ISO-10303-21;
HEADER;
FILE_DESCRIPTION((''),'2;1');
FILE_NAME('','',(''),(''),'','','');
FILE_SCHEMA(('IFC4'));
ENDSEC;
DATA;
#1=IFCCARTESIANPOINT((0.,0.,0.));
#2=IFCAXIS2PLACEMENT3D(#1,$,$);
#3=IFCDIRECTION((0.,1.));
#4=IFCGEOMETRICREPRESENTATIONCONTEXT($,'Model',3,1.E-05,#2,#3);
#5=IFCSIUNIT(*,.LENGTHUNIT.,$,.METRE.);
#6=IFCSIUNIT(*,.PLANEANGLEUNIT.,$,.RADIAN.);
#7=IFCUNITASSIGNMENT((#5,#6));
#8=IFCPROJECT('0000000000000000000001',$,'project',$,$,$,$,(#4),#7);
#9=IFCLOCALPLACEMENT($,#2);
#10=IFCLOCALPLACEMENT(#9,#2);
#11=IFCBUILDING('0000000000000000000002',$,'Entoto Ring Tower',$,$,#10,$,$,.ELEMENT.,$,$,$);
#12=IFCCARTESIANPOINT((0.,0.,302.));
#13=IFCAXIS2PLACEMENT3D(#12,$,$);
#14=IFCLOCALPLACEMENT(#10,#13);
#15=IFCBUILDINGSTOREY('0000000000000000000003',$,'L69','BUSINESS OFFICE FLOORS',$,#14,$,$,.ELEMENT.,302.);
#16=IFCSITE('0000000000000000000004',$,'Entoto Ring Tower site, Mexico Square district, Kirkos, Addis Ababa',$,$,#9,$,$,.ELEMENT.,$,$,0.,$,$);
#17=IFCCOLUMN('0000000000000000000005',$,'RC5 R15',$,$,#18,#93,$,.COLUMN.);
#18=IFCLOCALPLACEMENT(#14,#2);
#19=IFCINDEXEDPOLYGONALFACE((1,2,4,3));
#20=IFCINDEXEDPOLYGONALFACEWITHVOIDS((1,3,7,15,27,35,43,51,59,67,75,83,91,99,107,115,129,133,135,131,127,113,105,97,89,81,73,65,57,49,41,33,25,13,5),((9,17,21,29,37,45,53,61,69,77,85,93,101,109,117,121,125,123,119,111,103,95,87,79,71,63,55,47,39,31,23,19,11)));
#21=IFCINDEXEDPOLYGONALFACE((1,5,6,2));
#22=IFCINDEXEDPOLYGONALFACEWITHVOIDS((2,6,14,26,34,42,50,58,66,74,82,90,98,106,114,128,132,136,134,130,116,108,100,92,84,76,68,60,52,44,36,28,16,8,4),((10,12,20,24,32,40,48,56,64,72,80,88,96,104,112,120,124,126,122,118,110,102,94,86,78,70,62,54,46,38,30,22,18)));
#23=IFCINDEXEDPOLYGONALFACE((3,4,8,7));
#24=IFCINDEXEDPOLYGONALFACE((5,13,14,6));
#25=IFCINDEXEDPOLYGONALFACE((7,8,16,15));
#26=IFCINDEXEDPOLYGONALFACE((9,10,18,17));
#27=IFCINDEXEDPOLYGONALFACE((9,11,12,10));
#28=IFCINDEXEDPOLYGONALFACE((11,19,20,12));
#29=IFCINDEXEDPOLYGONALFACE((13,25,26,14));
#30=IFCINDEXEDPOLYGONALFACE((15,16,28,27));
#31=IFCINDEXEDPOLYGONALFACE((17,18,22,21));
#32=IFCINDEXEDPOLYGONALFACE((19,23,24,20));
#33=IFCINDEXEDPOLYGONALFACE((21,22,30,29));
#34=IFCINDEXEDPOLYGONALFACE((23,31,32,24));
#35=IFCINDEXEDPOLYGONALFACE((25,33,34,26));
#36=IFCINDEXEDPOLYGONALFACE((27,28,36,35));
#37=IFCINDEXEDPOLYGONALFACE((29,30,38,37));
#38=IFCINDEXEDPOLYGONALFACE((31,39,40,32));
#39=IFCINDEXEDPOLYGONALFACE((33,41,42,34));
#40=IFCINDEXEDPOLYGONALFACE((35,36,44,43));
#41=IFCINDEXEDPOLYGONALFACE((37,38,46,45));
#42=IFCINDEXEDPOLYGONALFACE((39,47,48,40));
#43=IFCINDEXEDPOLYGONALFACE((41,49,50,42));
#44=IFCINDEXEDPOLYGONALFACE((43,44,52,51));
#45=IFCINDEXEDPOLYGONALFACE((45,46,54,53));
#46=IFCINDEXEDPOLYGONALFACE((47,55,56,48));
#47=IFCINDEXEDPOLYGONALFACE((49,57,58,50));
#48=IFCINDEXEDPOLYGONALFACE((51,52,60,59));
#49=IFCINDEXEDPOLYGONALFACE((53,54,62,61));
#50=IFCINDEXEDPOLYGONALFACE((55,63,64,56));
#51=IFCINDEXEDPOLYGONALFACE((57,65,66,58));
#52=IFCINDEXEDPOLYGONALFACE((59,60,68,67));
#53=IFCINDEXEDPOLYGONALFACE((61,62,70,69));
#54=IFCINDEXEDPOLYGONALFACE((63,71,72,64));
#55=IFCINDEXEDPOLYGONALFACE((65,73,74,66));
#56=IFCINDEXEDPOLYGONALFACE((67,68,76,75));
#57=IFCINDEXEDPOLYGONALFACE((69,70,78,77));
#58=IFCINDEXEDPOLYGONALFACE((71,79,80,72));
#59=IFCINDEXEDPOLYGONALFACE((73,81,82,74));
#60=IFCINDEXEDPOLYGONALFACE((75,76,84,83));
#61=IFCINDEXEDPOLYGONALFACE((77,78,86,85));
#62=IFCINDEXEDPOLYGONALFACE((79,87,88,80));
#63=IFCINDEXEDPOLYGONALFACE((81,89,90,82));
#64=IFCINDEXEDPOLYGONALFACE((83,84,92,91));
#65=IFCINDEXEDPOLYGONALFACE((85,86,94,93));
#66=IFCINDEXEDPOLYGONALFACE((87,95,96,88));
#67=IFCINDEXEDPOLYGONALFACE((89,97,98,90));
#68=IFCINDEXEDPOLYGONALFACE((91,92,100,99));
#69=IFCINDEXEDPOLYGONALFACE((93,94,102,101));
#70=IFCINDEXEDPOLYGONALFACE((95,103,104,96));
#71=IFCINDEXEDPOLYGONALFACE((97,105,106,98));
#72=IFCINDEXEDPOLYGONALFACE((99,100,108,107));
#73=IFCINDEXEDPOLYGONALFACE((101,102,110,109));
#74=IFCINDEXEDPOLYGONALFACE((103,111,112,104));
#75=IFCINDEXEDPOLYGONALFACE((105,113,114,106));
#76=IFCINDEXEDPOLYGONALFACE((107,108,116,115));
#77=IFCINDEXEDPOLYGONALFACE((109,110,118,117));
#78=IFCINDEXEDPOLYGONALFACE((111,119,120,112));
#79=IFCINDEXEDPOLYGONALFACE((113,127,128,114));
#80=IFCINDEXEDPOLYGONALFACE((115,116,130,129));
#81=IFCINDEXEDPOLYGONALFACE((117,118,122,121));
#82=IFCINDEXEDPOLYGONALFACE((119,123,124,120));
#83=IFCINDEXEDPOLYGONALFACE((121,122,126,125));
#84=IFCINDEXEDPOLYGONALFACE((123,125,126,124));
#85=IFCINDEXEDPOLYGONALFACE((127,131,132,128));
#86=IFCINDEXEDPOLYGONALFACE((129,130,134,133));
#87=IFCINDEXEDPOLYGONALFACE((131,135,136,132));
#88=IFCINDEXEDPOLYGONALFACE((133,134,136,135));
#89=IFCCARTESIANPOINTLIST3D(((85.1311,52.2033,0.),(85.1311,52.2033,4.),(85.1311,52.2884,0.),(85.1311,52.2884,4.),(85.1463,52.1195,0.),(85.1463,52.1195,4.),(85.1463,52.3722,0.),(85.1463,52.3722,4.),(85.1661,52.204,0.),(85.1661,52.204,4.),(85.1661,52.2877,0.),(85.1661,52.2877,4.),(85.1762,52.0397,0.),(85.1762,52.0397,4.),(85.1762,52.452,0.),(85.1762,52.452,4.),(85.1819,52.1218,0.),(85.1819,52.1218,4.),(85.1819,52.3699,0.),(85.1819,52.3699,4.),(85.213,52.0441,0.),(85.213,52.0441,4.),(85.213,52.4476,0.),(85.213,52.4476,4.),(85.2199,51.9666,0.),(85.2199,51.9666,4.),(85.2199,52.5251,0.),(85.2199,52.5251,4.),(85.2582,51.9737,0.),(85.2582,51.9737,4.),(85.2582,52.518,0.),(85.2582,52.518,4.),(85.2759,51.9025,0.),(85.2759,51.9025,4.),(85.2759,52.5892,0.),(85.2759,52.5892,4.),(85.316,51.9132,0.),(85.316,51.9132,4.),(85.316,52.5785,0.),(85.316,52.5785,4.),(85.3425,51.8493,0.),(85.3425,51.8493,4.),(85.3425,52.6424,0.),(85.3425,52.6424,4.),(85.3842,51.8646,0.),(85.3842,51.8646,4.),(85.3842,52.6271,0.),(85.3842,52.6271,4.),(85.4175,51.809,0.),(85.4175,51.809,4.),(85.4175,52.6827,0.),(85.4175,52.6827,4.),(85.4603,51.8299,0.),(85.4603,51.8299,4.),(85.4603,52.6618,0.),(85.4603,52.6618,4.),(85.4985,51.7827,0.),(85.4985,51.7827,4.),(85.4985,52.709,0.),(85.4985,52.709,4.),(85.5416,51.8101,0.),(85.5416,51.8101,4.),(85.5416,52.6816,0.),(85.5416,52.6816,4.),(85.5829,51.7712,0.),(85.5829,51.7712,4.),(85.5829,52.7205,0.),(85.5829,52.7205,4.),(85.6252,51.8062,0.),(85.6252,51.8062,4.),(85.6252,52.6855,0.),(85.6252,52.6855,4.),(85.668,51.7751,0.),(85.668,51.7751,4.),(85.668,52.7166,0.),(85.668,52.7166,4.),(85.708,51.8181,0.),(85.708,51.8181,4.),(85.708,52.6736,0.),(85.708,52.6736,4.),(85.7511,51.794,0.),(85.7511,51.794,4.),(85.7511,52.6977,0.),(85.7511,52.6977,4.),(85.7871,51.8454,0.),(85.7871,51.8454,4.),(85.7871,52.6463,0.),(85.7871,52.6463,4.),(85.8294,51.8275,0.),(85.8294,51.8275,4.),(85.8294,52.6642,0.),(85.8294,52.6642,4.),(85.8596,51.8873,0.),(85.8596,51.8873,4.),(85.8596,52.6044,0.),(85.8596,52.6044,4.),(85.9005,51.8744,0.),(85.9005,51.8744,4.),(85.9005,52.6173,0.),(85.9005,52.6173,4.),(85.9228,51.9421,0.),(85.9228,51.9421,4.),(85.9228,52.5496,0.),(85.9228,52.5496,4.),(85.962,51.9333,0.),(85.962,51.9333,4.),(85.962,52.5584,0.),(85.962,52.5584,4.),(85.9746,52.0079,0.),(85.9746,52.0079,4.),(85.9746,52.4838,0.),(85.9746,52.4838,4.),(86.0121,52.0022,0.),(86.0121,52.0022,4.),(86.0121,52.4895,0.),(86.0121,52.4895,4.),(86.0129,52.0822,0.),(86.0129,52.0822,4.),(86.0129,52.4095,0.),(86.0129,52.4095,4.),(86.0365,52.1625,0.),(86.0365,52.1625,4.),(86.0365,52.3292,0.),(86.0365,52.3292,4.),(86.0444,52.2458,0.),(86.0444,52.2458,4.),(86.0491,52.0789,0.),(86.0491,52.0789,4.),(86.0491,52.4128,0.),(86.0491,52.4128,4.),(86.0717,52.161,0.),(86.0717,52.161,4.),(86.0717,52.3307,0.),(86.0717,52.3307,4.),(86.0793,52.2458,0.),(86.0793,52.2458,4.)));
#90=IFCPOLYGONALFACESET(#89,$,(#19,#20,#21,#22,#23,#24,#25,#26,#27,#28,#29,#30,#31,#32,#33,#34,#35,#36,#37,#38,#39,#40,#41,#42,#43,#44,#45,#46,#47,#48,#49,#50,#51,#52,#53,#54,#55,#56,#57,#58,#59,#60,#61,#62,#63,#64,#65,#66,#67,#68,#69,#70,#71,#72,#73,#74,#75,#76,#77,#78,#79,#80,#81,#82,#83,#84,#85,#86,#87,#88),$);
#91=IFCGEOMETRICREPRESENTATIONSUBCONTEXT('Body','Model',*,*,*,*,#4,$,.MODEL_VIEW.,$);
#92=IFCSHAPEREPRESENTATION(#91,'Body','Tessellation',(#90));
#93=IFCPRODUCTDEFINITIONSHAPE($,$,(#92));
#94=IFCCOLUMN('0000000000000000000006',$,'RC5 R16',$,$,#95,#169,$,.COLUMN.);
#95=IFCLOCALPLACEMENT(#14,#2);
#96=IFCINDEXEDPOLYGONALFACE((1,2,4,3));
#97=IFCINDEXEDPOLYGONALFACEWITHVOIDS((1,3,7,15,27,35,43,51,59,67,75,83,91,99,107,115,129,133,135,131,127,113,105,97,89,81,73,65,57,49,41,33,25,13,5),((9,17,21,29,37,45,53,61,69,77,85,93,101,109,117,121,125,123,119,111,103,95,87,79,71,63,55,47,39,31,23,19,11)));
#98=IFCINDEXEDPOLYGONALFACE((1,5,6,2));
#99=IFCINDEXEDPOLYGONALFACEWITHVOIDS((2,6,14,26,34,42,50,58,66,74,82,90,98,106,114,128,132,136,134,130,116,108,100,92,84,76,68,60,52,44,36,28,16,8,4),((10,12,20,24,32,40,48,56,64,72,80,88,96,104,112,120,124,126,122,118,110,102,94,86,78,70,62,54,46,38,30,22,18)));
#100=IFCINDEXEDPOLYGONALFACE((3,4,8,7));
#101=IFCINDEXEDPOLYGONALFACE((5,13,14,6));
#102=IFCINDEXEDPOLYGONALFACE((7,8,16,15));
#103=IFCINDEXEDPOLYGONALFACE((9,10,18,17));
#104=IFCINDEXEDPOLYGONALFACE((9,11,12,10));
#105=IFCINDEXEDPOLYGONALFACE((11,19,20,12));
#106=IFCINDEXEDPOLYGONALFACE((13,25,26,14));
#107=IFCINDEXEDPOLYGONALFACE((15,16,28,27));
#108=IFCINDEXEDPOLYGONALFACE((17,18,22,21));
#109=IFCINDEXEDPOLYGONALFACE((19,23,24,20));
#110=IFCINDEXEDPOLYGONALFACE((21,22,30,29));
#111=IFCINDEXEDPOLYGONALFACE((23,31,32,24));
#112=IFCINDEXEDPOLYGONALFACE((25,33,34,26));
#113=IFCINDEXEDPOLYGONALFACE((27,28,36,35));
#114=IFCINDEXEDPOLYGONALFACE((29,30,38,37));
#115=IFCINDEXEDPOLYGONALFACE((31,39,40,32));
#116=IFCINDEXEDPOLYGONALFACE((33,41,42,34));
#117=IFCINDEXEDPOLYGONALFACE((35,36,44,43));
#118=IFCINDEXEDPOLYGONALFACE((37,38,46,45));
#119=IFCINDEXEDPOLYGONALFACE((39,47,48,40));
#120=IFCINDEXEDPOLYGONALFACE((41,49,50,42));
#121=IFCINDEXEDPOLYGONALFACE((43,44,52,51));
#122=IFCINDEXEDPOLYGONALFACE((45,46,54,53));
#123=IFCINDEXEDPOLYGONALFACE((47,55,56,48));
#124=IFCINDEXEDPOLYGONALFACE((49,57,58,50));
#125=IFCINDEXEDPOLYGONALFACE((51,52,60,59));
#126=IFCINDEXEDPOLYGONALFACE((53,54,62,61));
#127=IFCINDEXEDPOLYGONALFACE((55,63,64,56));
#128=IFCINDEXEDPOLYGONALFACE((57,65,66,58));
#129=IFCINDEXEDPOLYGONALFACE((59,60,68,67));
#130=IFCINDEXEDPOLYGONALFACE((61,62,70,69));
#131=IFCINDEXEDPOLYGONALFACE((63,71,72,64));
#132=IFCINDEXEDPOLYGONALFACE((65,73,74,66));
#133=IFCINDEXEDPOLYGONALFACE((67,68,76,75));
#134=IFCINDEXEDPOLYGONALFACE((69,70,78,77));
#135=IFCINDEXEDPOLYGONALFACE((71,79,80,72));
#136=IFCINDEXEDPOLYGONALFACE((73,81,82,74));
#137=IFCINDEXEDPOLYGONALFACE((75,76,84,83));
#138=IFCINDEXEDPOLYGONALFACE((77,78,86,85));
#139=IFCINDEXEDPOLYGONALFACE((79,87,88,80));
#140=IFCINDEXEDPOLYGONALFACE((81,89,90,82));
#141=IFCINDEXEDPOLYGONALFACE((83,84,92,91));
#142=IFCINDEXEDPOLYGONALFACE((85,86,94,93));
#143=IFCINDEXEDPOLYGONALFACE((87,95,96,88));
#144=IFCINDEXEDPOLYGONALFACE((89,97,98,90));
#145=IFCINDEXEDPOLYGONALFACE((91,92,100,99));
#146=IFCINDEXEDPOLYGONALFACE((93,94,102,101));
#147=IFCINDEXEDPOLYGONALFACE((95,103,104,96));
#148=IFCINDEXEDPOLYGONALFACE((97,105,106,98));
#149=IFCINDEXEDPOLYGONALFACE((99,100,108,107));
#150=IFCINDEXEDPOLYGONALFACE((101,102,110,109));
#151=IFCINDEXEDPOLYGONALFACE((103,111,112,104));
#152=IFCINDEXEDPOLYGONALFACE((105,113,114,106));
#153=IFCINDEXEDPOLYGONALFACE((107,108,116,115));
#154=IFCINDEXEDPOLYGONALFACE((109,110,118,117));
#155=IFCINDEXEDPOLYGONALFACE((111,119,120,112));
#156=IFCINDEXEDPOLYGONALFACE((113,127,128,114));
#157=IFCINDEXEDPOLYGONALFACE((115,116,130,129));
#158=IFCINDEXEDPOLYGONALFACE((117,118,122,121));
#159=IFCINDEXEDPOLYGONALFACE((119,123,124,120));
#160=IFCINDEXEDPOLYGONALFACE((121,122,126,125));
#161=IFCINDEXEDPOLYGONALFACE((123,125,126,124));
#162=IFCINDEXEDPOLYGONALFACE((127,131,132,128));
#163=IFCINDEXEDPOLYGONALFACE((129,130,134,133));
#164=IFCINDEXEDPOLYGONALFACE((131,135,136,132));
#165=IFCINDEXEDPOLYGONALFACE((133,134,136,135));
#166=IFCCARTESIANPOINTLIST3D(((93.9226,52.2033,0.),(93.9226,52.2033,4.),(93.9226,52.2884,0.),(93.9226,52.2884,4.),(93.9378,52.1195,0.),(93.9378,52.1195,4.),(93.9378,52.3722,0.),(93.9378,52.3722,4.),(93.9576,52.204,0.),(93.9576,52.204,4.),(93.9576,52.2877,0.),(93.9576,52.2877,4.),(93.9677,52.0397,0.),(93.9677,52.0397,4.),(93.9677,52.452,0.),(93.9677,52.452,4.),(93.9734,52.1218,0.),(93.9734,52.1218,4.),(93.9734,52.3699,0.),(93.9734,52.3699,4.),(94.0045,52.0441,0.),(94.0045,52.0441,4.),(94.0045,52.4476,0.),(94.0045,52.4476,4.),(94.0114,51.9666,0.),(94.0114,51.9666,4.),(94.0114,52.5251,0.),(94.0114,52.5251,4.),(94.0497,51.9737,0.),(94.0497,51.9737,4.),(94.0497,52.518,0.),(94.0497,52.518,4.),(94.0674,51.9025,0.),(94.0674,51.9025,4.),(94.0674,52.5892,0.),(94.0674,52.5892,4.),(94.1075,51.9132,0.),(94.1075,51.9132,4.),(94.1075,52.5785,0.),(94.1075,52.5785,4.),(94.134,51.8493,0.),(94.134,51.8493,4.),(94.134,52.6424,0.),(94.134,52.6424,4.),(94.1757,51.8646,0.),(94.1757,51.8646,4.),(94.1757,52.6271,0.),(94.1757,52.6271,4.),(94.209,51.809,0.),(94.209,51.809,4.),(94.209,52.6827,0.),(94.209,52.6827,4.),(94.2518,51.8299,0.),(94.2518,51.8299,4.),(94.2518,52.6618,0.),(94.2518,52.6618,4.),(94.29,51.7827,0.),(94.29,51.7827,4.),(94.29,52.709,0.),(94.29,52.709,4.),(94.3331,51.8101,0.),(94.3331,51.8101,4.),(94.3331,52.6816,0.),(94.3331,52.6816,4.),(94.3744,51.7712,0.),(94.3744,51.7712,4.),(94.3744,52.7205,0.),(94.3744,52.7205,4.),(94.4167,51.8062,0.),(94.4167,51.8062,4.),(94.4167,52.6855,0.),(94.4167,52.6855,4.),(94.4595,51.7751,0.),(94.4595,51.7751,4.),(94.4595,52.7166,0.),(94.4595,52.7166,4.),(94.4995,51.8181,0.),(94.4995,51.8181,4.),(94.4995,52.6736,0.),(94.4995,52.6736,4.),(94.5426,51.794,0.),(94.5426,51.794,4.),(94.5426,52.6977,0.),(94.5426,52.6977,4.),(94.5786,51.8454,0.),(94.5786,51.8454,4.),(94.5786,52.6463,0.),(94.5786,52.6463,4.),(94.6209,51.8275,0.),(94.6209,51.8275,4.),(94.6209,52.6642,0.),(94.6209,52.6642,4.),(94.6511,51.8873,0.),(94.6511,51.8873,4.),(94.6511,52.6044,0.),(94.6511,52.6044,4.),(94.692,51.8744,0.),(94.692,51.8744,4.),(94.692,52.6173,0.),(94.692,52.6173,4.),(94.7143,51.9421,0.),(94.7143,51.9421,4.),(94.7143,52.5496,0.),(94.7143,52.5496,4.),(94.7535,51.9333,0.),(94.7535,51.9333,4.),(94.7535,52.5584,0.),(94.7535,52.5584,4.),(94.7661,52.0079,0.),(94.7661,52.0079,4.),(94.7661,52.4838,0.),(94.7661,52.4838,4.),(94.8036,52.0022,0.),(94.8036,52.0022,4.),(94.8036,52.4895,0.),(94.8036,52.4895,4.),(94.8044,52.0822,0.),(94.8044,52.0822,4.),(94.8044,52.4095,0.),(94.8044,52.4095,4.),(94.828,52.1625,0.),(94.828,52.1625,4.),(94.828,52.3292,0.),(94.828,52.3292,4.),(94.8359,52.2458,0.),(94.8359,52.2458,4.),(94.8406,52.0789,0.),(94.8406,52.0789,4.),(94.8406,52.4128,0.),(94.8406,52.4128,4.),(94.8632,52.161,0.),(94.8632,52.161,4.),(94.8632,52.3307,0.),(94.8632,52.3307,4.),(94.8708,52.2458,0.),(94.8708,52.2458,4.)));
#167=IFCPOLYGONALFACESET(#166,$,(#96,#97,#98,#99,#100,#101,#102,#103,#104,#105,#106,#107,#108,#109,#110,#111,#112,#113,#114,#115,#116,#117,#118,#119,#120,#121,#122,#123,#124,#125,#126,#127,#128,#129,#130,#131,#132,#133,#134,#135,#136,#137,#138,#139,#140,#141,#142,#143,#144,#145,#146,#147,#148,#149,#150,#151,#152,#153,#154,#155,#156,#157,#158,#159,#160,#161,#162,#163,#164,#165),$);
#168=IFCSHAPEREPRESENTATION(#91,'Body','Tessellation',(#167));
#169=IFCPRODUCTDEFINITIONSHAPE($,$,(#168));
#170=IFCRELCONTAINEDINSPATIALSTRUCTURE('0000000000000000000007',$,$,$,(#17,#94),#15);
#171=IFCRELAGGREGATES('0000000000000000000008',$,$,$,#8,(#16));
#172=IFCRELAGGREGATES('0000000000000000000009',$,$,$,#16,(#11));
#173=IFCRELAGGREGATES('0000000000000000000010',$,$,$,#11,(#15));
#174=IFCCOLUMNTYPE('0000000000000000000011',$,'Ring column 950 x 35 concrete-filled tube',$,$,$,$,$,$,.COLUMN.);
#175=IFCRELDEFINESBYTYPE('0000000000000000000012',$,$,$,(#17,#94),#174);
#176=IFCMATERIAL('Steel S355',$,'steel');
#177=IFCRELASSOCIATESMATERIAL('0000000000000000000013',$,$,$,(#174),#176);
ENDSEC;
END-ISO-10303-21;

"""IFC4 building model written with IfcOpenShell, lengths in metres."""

from ifc_helpers import new_model, si_unit, direction, frame, origin, origin_2d, place, context, subcontext, project, spatial, circle, hollow_circle, extrude, material, material_profile, profile_set, type_object, element, save


model = new_model("IFC4")

# Units and contexts
model_context = context("Model", 3, precision=1e-05, world=origin(), true_north=direction((0.0, 1.0)))
body_context = subcontext(model_context, "Body", "Model", "MODEL_VIEW")
ifc_project = project(units=[si_unit("LENGTHUNIT", "METRE"), si_unit("PLANEANGLEUNIT", "RADIAN")], contexts=[model_context])

# Site, building, storey
site_placement = place(None, origin())
site = spatial("IfcSite", under=ifc_project, at=site_placement, Name="Entoto Ring Tower site, Mexico Square district, Kirkos, Addis Ababa", CompositionType="ELEMENT", RefElevation=0.0)
building_placement = place(site_placement, origin())
building = spatial("IfcBuilding", under=site, at=building_placement, Name="Entoto Ring Tower", CompositionType="ELEMENT")
storey_placement = place(building_placement, frame((0.0, 0.0, 302.0)))
storey = spatial("IfcBuildingStorey", under=building, at=storey_placement, Name="L69", Description="BUSINESS OFFICE FLOORS", CompositionType="ELEMENT", Elevation=302.0)

# Columns
ifc_material_1 = material(Name="Steel S355", Category="steel")
ifc_material_profile_1 = material_profile(ifc_material_1, hollow_circle(Radius=0.4751, WallThickness=0.0349, at=origin_2d()), Name="CHS 950 x 35")
ifc_material_2 = material(Name="Concrete C60/75", Category="concrete")
ifc_material_profile_2 = material_profile(ifc_material_2, circle(Radius=0.4399, at=origin_2d()), Name="Concrete C60/75 infill")
ifc_profile_set_1 = profile_set([ifc_material_profile_1, ifc_material_profile_2], Name="Steel S355")
column_type = type_object("IfcColumnType", Name="Ring column 950 x 35 concrete-filled tube", PredefinedType="COLUMN", material=ifc_profile_set_1)
for number, where, z_axis, x_axis, name in (
    (1, (85.6042, 52.2458, 0.0), (0.0, 0.0, 1.0), (1.0, 0.0, 0.0), "RC5 R15"),
    (2, (94.3958, 52.2458, 0.0), (0.0, 0.0, 1.0), (1.0, 0.0, 0.0), "RC5 R16"),
):
    element("IfcColumn", number, at=place(storey_placement, frame(where, z_axis=z_axis, x_axis=x_axis)), inside=storey, type_object=column_type, Name=name, PredefinedType="COLUMN", context=body_context, shape_type="SweptSolid", body=[
        extrude(hollow_circle(Radius=0.4751, WallThickness=0.0349, at=origin_2d()), origin(), (0.0, 0.0, 1.0), 4.0),
    ])

save(model, "model.ifc")
